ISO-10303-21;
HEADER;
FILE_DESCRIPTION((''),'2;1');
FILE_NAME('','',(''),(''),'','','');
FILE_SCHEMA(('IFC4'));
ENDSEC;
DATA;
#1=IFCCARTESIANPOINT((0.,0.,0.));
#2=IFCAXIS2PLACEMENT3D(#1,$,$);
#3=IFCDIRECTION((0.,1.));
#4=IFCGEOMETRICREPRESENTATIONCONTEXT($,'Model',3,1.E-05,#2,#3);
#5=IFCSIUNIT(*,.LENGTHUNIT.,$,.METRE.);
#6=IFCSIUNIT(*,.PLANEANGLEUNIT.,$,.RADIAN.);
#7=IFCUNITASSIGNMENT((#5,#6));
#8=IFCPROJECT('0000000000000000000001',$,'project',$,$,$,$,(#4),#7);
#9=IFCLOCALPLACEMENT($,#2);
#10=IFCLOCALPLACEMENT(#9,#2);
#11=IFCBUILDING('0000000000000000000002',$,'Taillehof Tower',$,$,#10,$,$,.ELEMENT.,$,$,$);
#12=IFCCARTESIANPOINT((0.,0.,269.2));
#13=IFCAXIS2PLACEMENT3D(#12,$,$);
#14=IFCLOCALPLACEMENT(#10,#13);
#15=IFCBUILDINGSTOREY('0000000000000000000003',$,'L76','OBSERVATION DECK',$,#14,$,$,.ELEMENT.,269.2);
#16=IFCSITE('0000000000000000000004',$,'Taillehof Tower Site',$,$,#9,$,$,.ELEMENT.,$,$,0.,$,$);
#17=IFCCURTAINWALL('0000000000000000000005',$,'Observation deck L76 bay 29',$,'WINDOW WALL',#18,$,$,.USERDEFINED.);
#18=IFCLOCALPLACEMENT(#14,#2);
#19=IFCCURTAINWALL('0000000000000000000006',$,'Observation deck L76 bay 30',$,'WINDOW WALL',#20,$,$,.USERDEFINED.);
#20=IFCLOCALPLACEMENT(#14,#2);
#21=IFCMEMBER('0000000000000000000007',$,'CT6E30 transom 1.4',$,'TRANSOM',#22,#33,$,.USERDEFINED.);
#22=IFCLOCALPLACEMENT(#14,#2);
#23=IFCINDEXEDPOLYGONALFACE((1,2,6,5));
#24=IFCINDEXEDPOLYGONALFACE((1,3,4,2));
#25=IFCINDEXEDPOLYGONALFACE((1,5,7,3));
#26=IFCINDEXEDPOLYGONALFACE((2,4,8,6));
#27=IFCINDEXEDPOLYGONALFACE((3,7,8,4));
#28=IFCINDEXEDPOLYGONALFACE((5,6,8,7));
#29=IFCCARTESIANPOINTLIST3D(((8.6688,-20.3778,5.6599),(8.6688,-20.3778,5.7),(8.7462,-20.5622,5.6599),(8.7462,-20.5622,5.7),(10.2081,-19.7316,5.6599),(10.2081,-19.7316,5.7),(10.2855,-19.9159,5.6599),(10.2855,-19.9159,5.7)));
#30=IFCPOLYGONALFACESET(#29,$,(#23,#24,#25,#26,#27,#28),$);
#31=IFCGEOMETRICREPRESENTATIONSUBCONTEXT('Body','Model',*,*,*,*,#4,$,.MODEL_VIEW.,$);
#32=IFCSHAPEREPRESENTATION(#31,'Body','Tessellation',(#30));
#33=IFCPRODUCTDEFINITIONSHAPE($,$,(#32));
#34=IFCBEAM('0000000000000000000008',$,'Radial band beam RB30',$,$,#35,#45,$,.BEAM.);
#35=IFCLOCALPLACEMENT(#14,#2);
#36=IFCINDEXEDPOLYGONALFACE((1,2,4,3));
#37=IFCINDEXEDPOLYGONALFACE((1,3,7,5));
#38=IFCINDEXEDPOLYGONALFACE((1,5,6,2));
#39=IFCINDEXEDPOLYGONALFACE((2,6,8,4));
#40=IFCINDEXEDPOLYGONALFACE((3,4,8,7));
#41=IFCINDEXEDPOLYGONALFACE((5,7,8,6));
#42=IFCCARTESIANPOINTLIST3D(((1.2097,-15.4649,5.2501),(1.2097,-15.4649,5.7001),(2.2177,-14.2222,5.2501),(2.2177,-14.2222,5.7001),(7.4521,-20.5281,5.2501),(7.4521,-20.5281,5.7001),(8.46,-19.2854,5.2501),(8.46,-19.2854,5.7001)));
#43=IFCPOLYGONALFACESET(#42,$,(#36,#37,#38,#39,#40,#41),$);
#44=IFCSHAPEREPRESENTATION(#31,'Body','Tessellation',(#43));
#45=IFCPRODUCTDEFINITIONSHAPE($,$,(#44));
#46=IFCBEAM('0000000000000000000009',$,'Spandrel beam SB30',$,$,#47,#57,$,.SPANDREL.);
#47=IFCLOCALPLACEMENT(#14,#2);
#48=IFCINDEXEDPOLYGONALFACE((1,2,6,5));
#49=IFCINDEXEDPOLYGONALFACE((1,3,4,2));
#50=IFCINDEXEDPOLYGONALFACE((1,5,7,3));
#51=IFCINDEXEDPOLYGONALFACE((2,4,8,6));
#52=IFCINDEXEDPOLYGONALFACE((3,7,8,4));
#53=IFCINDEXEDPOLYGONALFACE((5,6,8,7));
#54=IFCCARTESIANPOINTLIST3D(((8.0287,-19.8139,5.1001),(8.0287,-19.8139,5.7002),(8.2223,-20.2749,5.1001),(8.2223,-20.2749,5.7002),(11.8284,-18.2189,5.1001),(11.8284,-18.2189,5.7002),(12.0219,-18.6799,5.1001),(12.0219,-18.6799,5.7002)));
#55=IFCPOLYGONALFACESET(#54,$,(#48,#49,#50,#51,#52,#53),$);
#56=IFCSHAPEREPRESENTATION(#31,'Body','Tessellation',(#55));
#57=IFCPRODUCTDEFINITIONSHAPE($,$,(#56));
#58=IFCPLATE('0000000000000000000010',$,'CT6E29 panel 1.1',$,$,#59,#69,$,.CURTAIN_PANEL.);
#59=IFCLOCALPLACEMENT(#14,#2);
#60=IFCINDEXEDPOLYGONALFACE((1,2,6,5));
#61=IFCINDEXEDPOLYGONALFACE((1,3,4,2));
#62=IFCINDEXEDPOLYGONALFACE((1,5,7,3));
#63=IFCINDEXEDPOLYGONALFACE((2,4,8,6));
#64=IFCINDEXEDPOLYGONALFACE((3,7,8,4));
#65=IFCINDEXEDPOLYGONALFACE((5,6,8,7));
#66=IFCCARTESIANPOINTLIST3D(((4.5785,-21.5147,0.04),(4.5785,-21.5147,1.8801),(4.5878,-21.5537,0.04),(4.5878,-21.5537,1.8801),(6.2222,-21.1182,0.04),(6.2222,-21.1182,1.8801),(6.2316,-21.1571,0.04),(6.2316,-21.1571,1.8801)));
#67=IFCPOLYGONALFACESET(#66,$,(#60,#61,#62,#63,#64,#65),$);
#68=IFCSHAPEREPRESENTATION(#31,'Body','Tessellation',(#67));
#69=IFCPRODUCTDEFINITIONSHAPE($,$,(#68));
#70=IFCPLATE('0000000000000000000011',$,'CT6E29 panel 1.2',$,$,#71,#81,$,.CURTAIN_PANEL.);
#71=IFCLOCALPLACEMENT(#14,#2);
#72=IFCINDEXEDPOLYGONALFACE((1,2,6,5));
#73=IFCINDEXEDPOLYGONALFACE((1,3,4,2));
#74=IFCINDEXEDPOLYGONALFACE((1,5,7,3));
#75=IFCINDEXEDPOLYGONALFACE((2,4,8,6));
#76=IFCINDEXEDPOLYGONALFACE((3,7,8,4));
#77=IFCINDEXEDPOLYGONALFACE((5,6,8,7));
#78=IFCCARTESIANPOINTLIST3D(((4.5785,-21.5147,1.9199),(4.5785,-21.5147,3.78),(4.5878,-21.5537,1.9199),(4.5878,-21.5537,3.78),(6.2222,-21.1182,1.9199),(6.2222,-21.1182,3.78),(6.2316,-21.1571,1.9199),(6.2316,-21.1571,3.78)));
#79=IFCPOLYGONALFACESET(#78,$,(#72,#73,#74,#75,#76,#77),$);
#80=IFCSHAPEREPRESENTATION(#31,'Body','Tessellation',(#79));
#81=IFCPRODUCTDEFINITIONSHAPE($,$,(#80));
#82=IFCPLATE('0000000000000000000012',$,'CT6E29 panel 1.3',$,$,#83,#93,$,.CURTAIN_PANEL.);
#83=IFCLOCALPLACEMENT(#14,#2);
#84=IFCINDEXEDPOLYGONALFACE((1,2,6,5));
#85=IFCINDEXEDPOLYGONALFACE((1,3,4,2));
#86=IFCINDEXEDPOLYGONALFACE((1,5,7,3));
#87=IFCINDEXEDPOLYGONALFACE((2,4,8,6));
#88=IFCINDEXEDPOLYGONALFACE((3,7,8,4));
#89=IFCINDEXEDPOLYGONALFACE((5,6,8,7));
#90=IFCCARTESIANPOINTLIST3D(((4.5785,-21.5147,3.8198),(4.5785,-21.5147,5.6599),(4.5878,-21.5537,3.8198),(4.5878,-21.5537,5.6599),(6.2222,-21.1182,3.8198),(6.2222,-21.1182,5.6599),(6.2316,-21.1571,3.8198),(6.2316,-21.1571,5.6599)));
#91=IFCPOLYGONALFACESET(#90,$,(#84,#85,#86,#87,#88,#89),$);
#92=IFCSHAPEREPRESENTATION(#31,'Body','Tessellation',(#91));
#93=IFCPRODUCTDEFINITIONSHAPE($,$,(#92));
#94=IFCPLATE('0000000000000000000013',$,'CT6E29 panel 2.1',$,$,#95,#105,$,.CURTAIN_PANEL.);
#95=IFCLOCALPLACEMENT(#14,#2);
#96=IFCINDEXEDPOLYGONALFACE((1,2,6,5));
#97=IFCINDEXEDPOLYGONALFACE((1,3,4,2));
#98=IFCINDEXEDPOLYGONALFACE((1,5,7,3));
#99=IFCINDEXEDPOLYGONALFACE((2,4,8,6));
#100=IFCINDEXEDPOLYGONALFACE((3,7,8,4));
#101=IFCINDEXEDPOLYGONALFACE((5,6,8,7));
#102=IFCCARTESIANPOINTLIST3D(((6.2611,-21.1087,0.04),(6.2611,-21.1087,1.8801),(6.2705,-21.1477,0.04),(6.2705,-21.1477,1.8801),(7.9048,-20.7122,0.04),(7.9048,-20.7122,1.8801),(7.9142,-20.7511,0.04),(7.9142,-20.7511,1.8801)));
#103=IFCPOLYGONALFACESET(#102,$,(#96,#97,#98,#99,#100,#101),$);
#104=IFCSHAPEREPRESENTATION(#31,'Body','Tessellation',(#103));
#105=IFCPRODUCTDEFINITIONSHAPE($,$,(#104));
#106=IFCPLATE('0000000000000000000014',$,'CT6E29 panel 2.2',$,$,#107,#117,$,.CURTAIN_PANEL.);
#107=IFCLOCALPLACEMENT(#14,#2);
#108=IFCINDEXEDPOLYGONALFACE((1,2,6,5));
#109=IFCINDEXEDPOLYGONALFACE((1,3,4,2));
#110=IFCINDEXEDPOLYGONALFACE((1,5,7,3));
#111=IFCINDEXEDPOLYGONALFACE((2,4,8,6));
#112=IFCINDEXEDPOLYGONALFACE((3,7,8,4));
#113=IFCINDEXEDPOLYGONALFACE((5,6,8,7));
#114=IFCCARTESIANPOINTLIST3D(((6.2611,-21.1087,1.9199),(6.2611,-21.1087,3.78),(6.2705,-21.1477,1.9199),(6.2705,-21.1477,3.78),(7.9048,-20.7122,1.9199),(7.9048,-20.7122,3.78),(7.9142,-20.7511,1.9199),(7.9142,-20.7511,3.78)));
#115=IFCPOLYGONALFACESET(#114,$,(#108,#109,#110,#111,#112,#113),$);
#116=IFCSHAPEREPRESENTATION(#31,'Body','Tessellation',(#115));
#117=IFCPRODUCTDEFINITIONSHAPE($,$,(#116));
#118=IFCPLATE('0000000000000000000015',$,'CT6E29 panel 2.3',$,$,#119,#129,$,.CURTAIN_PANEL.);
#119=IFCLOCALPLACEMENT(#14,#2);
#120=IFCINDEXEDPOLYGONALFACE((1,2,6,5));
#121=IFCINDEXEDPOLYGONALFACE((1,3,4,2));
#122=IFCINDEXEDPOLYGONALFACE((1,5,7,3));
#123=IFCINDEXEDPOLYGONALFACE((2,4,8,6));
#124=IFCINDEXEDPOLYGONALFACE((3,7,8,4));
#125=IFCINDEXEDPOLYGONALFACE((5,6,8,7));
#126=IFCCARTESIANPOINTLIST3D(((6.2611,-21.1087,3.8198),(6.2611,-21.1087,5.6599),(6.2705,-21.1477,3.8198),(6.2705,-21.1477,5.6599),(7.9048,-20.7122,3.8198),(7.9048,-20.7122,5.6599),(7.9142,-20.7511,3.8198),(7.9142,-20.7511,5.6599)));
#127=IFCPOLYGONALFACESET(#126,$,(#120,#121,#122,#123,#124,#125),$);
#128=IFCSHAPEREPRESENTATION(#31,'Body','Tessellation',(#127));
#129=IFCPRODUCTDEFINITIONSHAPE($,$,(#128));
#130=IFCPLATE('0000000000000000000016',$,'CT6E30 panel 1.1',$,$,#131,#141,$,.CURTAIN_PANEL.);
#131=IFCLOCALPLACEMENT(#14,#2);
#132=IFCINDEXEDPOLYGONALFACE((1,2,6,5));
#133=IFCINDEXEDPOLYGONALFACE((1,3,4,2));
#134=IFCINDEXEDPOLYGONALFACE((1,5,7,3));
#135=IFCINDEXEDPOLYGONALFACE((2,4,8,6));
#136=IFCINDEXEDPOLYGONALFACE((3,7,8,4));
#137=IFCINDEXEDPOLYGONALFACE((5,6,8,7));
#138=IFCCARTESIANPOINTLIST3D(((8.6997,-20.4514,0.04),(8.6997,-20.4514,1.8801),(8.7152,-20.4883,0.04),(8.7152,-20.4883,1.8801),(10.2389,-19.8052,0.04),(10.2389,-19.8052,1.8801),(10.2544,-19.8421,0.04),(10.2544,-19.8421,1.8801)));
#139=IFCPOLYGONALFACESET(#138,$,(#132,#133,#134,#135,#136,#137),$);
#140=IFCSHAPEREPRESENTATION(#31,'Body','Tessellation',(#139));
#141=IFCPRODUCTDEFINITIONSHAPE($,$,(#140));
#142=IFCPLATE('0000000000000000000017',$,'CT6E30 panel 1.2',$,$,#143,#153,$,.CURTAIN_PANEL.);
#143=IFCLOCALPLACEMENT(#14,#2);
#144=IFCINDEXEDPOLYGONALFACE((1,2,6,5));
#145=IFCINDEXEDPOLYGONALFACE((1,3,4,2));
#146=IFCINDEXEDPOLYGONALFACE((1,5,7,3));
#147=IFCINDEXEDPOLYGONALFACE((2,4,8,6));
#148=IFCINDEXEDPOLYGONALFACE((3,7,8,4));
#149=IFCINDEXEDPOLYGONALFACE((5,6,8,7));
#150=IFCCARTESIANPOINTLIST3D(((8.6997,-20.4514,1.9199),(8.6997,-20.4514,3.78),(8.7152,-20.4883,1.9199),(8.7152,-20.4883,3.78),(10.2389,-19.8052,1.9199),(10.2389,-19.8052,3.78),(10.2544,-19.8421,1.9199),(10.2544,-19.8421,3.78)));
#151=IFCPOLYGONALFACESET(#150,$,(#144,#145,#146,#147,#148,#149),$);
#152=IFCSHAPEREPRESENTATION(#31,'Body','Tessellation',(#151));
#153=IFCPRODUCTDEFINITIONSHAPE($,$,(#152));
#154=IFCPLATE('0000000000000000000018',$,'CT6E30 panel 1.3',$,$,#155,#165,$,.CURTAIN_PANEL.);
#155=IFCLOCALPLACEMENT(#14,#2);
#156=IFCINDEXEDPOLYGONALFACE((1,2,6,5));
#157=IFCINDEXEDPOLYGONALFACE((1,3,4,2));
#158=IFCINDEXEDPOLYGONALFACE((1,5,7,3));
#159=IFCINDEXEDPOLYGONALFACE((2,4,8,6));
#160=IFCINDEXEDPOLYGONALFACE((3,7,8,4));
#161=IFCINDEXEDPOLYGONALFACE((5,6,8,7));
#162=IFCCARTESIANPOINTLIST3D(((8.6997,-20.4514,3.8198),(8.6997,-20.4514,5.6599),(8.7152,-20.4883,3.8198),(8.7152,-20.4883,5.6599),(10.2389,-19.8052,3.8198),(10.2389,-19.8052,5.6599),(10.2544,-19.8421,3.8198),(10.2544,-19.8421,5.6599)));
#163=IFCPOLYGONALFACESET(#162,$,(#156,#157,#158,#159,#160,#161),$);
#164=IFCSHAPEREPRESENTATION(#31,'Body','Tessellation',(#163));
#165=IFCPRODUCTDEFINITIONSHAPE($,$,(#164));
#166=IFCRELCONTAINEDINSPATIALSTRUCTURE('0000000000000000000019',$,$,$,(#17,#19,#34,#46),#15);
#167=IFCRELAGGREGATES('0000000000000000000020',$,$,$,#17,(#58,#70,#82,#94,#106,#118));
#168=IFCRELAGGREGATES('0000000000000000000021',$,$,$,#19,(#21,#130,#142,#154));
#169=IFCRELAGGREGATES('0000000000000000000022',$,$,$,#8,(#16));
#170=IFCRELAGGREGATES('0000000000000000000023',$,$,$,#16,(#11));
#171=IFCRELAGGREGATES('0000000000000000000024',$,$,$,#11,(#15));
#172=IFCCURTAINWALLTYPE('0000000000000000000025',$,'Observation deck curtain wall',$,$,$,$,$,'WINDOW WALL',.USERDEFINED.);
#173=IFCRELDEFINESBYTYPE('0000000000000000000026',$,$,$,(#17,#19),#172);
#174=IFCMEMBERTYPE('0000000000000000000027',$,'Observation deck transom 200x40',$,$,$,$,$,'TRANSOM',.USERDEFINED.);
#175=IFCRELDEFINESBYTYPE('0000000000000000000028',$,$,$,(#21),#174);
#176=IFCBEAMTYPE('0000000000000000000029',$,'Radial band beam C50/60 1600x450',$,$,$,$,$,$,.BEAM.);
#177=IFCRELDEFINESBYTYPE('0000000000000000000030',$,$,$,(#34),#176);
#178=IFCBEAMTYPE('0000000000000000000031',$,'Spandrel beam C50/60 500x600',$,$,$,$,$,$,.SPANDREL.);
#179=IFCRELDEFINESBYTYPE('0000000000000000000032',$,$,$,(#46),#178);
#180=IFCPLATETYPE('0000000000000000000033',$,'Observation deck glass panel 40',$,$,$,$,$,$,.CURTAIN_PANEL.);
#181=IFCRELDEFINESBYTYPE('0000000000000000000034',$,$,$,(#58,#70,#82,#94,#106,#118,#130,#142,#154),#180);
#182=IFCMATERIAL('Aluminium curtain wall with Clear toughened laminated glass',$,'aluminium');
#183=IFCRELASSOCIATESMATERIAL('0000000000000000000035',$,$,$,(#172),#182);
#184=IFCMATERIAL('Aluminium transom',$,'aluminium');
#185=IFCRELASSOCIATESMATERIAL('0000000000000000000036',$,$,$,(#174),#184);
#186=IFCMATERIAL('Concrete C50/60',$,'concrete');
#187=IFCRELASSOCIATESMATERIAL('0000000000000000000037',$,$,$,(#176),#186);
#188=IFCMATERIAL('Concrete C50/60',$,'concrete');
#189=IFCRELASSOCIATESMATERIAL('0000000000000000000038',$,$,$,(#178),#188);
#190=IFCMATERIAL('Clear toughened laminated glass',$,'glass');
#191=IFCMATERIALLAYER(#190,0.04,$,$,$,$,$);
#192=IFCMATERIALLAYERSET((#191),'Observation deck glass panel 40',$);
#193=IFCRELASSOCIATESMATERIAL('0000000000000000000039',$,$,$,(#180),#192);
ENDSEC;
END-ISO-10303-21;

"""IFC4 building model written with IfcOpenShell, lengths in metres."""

from ifc_helpers import new_model, si_unit, direction, frame, origin, origin_2d, place, context, subcontext, project, spatial, rectangle, extrude, material, layer, layer_set, material_profile, profile_set, type_object, element, aggregate, save


model = new_model("IFC4")

# Units and contexts
model_context = context("Model", 3, precision=1e-05, world=origin(), true_north=direction((0.0, 1.0)))
body_context = subcontext(model_context, "Body", "Model", "MODEL_VIEW")
ifc_project = project(units=[si_unit("LENGTHUNIT", "METRE"), si_unit("PLANEANGLEUNIT", "RADIAN")], contexts=[model_context])

# Site, building, storey
site_placement = place(None, origin())
site = spatial("IfcSite", under=ifc_project, at=site_placement, Name="Taillehof Tower Site", CompositionType="ELEMENT", RefElevation=0.0)
building_placement = place(site_placement, origin())
building = spatial("IfcBuilding", under=site, at=building_placement, Name="Taillehof Tower", CompositionType="ELEMENT")
storey_placement = place(building_placement, frame((0.0, 0.0, 269.2)))
storey = spatial("IfcBuildingStorey", under=building, at=storey_placement, Name="L76", Description="OBSERVATION DECK", CompositionType="ELEMENT", Elevation=269.2)

# Curtain walls
ifc_material_1 = material(Name="Aluminium curtain wall with Clear toughened laminated glass", Category="aluminium")
curtain_wall_type = type_object("IfcCurtainWallType", Name="Observation deck curtain wall", ElementType="WINDOW WALL", PredefinedType="USERDEFINED", material=ifc_material_1)
curtain_wall_1_placement = place(storey_placement, origin())
curtain_wall_1 = element("IfcCurtainWall", 1, at=curtain_wall_1_placement, inside=storey, type_object=curtain_wall_type, Name="Observation deck L76 bay 29", ObjectType="WINDOW WALL", PredefinedType="USERDEFINED")
curtain_wall_2_placement = place(storey_placement, origin())
curtain_wall_2 = element("IfcCurtainWall", 2, at=curtain_wall_2_placement, inside=storey, type_object=curtain_wall_type, Name="Observation deck L76 bay 30", ObjectType="WINDOW WALL", PredefinedType="USERDEFINED")

# Member
ifc_material_2 = material(Name="Aluminium transom", Category="aluminium")
ifc_material_profile_1 = material_profile(ifc_material_2, rectangle(XDim=0.2, YDim=0.04, at=origin_2d()), Name="AL 200x40")
ifc_profile_set_1 = profile_set([ifc_material_profile_1], Name="Aluminium transom")
member_type_1 = type_object("IfcMemberType", Name="Observation deck transom 200x40", ElementType="TRANSOM", PredefinedType="USERDEFINED", material=ifc_profile_set_1)
member_1_placement = place(storey_placement, frame((8.7075, -20.47, 5.6799), z_axis=(0.92204, 0.387096, 0.0), x_axis=(-0.387096, 0.92204, 0.0)))
member_1 = element("IfcMember", 3, at=member_1_placement, type_object=member_type_1, Name="CT6E30 transom 1.4", ObjectType="TRANSOM", PredefinedType="USERDEFINED", context=body_context, shape_type="SweptSolid", body=[
    extrude(rectangle(XDim=0.2, YDim=0.04, at=origin_2d()), origin(), (0.0, 0.0, 1.0), 1.6694),
])

# Beams
ifc_material_3 = material(Name="Concrete C50/60", Category="concrete")
ifc_material_profile_2 = material_profile(ifc_material_3, rectangle(XDim=1.6001, YDim=0.45, at=origin_2d()), Name="RC 1600x450")
ifc_profile_set_2 = profile_set([ifc_material_profile_2], Name="Concrete C50/60")
beam_type_1 = type_object("IfcBeamType", Name="Radial band beam C50/60 1600x450", PredefinedType="BEAM", material=ifc_profile_set_2)
beam_1_placement = place(storey_placement, frame((7.9561, -19.9067, 5.4751), z_axis=(-0.776646, 0.629937, 0.0), x_axis=(-0.629937, -0.776646, 0.0)))
element("IfcBeam", 4, at=beam_1_placement, inside=storey, type_object=beam_type_1, Name="Radial band beam RB30", PredefinedType="BEAM", context=body_context, shape_type="SweptSolid", body=[
    extrude(rectangle(XDim=1.6001, YDim=0.45, at=origin_2d()), origin(), (0.0, 0.0, 1.0), 8.0376),
])
ifc_material_4 = material(Name="Concrete C50/60", Category="concrete")
ifc_material_profile_3 = material_profile(ifc_material_4, rectangle(XDim=0.5, YDim=0.6001, at=origin_2d()), Name="RC 500x600")
ifc_profile_set_3 = profile_set([ifc_material_profile_3], Name="Concrete C50/60")
beam_type_2 = type_object("IfcBeamType", Name="Spandrel beam C50/60 500x600", PredefinedType="SPANDREL", material=ifc_profile_set_3)
beam_2_placement = place(storey_placement, frame((8.1255, -20.0444, 5.4001), z_axis=(0.922055, 0.387058, 0.0), x_axis=(-0.387058, 0.922055, 0.0)))
element("IfcBeam", 5, at=beam_2_placement, inside=storey, type_object=beam_type_2, Name="Spandrel beam SB30", PredefinedType="SPANDREL", context=body_context, shape_type="SweptSolid", body=[
    extrude(rectangle(XDim=0.5, YDim=0.6001, at=origin_2d()), origin(), (0.0, 0.0, 1.0), 4.1208),
])

# Plates
ifc_material_5 = material(Name="Clear toughened laminated glass", Category="glass")
ifc_layer = layer(ifc_material_5, 0.04)
ifc_layer_set = layer_set([ifc_layer], Name="Observation deck glass panel 40")
plate_type = type_object("IfcPlateType", Name="Observation deck glass panel 40", PredefinedType="CURTAIN_PANEL", material=ifc_layer_set)
plate_1_placement = place(storey_placement, frame((5.405, -21.3359, 0.04), z_axis=(0.0, 0.0, 1.0), x_axis=(0.972113, 0.234515, 0.0)))
plate_1 = element("IfcPlate", 6, at=plate_1_placement, type_object=plate_type, Name="CT6E29 panel 1.1", PredefinedType="CURTAIN_PANEL", context=body_context, shape_type="SweptSolid", body=[
    extrude(rectangle(XDim=1.6909, YDim=0.04, at=origin_2d()), origin(), (0.0, 0.0, 1.0), 1.8401),
])
plate_2_placement = place(storey_placement, frame((5.405, -21.3359, 1.9199), z_axis=(0.0, 0.0, 1.0), x_axis=(0.972113, 0.234515, 0.0)))
plate_2 = element("IfcPlate", 7, at=plate_2_placement, type_object=plate_type, Name="CT6E29 panel 1.2", PredefinedType="CURTAIN_PANEL", context=body_context, shape_type="SweptSolid", body=[
    extrude(rectangle(XDim=1.6909, YDim=0.04, at=origin_2d()), origin(), (0.0, 0.0, 1.0), 1.8601),
])
plate_3_placement = place(storey_placement, frame((5.405, -21.3359, 3.8198), z_axis=(0.0, 0.0, 1.0), x_axis=(0.972113, 0.234515, 0.0)))
plate_3 = element("IfcPlate", 8, at=plate_3_placement, type_object=plate_type, Name="CT6E29 panel 1.3", PredefinedType="CURTAIN_PANEL", context=body_context, shape_type="SweptSolid", body=[
    extrude(rectangle(XDim=1.6909, YDim=0.04, at=origin_2d()), origin(), (0.0, 0.0, 1.0), 1.8401),
])
plate_4_placement = place(storey_placement, frame((7.0876, -20.9299, 0.04), z_axis=(0.0, 0.0, 1.0), x_axis=(0.972113, 0.234515, 0.0)))
plate_4 = element("IfcPlate", 9, at=plate_4_placement, type_object=plate_type, Name="CT6E29 panel 2.1", PredefinedType="CURTAIN_PANEL", context=body_context, shape_type="SweptSolid", body=[
    extrude(rectangle(XDim=1.6909, YDim=0.04, at=origin_2d()), origin(), (0.0, 0.0, 1.0), 1.8401),
])
plate_5_placement = place(storey_placement, frame((7.0876, -20.9299, 1.9199), z_axis=(0.0, 0.0, 1.0), x_axis=(0.972113, 0.234515, 0.0)))
plate_5 = element("IfcPlate", 10, at=plate_5_placement, type_object=plate_type, Name="CT6E29 panel 2.2", PredefinedType="CURTAIN_PANEL", context=body_context, shape_type="SweptSolid", body=[
    extrude(rectangle(XDim=1.6909, YDim=0.04, at=origin_2d()), origin(), (0.0, 0.0, 1.0), 1.8601),
])
plate_6_placement = place(storey_placement, frame((7.0876, -20.9299, 3.8198), z_axis=(0.0, 0.0, 1.0), x_axis=(0.972113, 0.234515, 0.0)))
plate_6 = element("IfcPlate", 11, at=plate_6_placement, type_object=plate_type, Name="CT6E29 panel 2.3", PredefinedType="CURTAIN_PANEL", context=body_context, shape_type="SweptSolid", body=[
    extrude(rectangle(XDim=1.6909, YDim=0.04, at=origin_2d()), origin(), (0.0, 0.0, 1.0), 1.8401),
])
aggregate(curtain_wall_1, [plate_1, plate_2, plate_3, plate_4, plate_5, plate_6])
plate_7_placement = place(storey_placement, frame((9.4771, -20.1467, 0.04), z_axis=(0.0, 0.0, 1.0), x_axis=(0.922037, 0.387101, 0.0)))
plate_7 = element("IfcPlate", 12, at=plate_7_placement, type_object=plate_type, Name="CT6E30 panel 1.1", PredefinedType="CURTAIN_PANEL", context=body_context, shape_type="SweptSolid", body=[
    extrude(rectangle(XDim=1.6694, YDim=0.04, at=origin_2d()), origin(), (0.0, 0.0, 1.0), 1.8401),
])
plate_8_placement = place(storey_placement, frame((9.4771, -20.1467, 1.9199), z_axis=(0.0, 0.0, 1.0), x_axis=(0.922037, 0.387101, 0.0)))
plate_8 = element("IfcPlate", 13, at=plate_8_placement, type_object=plate_type, Name="CT6E30 panel 1.2", PredefinedType="CURTAIN_PANEL", context=body_context, shape_type="SweptSolid", body=[
    extrude(rectangle(XDim=1.6694, YDim=0.04, at=origin_2d()), origin(), (0.0, 0.0, 1.0), 1.8601),
])
plate_9_placement = place(storey_placement, frame((9.4771, -20.1467, 3.8198), z_axis=(0.0, 0.0, 1.0), x_axis=(0.922037, 0.387101, 0.0)))
plate_9 = element("IfcPlate", 14, at=plate_9_placement, type_object=plate_type, Name="CT6E30 panel 1.3", PredefinedType="CURTAIN_PANEL", context=body_context, shape_type="SweptSolid", body=[
    extrude(rectangle(XDim=1.6694, YDim=0.04, at=origin_2d()), origin(), (0.0, 0.0, 1.0), 1.8401),
])
aggregate(curtain_wall_2, [member_1, plate_7, plate_8, plate_9])

save(model, "model.ifc")
